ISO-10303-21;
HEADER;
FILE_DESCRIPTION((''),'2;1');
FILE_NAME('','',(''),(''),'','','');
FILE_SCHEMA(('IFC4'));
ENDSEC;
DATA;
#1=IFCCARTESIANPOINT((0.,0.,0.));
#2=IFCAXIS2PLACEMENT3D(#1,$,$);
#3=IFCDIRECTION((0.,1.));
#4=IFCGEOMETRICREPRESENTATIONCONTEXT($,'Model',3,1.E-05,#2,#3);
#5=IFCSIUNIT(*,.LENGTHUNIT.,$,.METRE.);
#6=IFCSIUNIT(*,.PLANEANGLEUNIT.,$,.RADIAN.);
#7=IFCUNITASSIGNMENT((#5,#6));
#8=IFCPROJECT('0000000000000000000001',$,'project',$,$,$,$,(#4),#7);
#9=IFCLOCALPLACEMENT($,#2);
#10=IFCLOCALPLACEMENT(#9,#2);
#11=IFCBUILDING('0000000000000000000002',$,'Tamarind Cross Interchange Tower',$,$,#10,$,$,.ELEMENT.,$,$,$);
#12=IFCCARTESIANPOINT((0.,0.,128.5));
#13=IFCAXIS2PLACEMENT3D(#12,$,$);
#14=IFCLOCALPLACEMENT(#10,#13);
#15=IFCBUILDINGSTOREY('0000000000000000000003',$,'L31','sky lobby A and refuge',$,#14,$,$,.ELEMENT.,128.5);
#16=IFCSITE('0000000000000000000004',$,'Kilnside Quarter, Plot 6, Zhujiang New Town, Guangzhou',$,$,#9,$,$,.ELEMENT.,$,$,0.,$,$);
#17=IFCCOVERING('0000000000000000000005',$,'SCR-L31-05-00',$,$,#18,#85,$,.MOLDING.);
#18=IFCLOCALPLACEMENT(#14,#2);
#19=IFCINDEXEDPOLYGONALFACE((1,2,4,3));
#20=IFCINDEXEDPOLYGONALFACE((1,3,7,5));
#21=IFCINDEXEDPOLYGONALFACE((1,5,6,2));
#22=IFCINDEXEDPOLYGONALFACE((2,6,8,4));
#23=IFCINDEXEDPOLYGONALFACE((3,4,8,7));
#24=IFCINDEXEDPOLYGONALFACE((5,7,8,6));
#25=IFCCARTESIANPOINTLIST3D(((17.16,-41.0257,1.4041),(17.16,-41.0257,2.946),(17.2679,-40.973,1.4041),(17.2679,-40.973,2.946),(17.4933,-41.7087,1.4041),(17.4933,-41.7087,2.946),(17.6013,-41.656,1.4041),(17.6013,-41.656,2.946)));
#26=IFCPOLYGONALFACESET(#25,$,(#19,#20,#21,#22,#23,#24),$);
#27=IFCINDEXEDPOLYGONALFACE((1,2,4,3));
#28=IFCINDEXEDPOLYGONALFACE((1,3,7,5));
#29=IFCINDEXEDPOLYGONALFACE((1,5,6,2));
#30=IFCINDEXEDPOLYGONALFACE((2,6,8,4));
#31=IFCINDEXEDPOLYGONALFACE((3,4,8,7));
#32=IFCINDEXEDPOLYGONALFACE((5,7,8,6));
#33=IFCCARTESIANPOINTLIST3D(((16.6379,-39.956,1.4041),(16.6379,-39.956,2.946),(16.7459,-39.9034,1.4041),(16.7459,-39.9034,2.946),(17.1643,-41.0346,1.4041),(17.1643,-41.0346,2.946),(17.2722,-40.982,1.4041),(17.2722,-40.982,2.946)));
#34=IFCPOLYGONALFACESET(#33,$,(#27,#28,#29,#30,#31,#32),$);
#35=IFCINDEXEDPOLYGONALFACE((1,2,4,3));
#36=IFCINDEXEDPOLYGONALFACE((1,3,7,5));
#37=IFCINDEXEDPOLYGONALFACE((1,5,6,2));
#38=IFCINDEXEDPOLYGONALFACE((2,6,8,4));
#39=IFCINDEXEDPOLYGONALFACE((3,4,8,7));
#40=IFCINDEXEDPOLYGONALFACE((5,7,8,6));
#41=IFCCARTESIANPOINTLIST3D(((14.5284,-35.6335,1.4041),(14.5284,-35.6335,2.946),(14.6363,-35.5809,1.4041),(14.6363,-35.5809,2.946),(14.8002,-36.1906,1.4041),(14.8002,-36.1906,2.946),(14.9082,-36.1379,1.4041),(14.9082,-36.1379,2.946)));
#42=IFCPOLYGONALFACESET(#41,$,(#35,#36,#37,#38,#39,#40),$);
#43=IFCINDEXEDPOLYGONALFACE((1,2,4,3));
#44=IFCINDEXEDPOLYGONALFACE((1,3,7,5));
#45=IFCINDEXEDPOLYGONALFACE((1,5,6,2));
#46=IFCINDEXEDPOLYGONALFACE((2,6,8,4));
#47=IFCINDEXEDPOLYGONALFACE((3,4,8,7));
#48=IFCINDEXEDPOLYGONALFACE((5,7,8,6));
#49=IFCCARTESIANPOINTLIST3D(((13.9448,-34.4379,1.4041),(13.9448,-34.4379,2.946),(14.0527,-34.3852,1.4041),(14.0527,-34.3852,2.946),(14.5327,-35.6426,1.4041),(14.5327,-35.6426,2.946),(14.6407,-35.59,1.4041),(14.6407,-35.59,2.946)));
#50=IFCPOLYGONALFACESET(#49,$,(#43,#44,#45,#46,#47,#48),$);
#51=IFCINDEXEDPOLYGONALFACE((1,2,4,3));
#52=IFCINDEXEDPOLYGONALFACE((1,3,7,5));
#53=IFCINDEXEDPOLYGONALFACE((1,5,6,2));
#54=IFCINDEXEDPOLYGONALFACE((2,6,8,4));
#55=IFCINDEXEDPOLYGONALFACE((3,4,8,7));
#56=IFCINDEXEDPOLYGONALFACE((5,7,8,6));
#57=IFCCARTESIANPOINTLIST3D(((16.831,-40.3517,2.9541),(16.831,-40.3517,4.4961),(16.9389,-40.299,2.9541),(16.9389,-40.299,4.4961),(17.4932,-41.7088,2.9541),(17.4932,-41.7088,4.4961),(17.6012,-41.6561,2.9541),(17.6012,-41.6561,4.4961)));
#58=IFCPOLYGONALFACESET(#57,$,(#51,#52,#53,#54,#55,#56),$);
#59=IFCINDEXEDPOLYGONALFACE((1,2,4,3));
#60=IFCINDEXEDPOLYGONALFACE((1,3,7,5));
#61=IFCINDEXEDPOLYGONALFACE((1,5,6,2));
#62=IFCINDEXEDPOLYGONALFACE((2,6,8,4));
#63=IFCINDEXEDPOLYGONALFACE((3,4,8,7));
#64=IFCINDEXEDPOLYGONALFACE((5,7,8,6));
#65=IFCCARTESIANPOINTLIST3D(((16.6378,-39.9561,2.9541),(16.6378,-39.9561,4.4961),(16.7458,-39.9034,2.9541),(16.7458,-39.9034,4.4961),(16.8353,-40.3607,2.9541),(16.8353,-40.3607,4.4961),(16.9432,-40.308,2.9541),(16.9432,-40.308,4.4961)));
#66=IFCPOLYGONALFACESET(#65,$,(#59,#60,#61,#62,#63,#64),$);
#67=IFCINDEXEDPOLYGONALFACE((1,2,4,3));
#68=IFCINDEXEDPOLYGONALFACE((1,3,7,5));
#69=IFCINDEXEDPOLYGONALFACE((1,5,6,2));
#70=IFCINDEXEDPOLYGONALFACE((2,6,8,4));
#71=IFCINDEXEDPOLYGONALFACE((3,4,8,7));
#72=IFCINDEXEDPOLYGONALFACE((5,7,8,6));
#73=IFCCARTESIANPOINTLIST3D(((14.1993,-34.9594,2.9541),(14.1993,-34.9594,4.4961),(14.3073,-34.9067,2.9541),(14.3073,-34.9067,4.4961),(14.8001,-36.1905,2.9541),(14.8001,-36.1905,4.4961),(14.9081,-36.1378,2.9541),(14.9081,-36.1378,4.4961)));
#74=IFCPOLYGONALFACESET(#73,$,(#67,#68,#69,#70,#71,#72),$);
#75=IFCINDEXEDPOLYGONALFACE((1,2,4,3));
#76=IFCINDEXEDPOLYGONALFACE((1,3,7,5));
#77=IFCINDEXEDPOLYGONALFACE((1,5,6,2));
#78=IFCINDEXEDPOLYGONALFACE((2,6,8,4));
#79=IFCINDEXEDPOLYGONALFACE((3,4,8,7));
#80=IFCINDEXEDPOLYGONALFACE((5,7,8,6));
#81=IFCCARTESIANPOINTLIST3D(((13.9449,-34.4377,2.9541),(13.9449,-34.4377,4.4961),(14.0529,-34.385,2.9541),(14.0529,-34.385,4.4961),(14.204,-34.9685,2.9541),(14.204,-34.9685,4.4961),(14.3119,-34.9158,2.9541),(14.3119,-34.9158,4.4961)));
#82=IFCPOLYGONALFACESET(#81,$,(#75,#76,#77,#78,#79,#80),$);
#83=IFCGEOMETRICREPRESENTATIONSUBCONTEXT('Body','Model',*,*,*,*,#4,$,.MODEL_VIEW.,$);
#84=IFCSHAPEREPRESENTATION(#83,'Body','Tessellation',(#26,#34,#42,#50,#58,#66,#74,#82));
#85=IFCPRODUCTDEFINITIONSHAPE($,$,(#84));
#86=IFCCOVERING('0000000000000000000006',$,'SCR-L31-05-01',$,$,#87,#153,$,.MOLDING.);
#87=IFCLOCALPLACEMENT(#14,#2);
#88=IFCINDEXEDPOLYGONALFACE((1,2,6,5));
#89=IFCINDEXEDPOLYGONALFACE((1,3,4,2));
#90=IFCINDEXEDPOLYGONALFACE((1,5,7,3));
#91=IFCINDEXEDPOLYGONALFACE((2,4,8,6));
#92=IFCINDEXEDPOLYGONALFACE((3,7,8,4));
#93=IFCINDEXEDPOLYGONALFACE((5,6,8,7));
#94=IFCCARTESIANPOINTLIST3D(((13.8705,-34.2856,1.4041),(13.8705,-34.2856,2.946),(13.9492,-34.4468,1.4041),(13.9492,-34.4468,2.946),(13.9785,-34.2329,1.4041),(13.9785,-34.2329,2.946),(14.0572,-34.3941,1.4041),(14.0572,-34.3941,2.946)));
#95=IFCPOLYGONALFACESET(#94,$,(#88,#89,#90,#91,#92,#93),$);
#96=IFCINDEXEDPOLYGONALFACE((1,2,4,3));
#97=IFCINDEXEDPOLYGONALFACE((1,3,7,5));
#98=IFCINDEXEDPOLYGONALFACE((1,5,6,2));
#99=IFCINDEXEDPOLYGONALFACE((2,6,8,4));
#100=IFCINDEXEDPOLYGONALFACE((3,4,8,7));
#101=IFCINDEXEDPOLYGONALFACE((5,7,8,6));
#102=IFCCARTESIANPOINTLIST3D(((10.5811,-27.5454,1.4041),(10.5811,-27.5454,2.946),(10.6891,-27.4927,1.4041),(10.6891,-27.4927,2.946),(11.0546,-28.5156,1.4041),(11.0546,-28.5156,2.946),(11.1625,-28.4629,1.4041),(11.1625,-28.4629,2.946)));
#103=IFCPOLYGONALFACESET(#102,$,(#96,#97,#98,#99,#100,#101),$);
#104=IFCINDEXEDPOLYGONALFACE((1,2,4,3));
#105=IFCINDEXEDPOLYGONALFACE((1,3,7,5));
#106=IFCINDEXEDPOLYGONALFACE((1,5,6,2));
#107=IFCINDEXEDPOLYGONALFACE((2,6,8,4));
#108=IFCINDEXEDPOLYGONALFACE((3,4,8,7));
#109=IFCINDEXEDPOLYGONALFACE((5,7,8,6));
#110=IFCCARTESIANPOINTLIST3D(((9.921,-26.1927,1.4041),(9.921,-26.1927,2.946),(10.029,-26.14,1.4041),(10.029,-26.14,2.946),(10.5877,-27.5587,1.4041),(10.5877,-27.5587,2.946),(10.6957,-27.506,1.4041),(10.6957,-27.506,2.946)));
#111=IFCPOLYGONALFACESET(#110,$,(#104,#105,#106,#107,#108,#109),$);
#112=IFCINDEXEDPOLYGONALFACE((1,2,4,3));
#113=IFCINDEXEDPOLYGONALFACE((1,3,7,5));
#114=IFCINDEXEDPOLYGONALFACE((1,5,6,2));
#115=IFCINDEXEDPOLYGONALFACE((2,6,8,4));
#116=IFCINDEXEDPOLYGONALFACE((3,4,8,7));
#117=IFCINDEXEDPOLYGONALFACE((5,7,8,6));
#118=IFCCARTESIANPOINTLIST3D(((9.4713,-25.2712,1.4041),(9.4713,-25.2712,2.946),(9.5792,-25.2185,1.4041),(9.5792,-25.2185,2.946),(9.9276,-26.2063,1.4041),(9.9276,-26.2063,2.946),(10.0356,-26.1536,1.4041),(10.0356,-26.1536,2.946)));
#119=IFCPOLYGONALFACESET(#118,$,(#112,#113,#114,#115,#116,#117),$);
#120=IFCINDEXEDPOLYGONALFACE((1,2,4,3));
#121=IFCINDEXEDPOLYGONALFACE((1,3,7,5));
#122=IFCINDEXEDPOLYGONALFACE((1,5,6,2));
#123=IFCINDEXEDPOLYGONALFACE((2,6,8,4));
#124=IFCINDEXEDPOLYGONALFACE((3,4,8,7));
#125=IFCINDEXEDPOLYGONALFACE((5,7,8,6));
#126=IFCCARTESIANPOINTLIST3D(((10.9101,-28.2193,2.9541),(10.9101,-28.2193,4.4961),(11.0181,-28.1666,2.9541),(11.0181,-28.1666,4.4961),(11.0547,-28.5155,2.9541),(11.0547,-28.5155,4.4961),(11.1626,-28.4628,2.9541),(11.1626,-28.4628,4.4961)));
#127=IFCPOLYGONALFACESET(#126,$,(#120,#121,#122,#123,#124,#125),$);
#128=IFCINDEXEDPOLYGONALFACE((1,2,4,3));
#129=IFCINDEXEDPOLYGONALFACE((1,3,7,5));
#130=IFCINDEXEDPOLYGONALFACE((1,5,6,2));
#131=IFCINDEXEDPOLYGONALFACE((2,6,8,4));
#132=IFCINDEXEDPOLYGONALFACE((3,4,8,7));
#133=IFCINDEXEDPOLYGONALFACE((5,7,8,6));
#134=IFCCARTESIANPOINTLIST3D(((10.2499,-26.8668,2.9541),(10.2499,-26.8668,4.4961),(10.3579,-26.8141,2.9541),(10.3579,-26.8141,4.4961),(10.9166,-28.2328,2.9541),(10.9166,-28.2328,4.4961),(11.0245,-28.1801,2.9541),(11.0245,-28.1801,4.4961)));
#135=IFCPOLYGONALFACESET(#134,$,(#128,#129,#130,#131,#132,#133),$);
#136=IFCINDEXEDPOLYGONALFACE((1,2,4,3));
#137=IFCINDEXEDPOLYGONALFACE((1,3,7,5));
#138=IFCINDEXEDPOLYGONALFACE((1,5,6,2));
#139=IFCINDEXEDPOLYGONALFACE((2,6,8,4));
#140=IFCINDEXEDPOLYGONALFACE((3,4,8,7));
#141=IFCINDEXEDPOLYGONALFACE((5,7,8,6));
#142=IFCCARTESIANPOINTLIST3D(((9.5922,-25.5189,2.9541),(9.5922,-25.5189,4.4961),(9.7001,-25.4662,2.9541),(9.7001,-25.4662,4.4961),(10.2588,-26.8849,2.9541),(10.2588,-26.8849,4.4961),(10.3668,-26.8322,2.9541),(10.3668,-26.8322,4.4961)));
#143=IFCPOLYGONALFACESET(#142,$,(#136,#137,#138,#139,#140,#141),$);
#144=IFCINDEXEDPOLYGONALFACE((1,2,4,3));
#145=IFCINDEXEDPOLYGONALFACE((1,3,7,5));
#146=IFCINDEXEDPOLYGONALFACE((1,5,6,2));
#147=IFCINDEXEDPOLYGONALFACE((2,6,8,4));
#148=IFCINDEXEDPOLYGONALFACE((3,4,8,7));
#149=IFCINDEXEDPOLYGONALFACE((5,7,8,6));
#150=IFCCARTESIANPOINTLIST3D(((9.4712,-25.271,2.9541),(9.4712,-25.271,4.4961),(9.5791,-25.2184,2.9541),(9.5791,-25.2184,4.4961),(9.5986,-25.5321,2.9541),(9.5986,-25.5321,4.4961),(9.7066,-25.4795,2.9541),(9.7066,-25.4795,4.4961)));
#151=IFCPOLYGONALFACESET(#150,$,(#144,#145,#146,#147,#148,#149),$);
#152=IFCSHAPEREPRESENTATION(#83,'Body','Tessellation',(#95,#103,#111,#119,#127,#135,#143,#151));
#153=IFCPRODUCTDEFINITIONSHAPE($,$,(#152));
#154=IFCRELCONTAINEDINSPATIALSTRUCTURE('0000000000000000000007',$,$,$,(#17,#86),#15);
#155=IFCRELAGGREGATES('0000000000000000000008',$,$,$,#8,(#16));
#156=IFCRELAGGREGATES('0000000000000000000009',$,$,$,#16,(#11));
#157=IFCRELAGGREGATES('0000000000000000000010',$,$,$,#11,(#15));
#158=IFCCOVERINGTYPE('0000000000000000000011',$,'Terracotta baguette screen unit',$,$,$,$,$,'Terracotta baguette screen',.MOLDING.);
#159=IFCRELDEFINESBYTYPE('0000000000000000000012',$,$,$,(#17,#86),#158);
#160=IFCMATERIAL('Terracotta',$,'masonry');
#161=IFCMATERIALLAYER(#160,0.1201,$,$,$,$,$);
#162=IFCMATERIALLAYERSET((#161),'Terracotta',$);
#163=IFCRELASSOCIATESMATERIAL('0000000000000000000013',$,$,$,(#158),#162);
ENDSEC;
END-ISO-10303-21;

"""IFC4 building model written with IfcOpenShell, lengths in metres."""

from ifc_helpers import new_model, si_unit, direction, frame, origin, origin_2d, place, context, subcontext, project, spatial, rectangle, extrude, material, layer, layer_set, type_object, element, save


model = new_model("IFC4")

# Units and contexts
model_context = context("Model", 3, precision=1e-05, world=origin(), true_north=direction((0.0, 1.0)))
body_context = subcontext(model_context, "Body", "Model", "MODEL_VIEW")
ifc_project = project(units=[si_unit("LENGTHUNIT", "METRE"), si_unit("PLANEANGLEUNIT", "RADIAN")], contexts=[model_context])

# Site, building, storey
site_placement = place(None, origin())
site = spatial("IfcSite", under=ifc_project, at=site_placement, Name="Kilnside Quarter, Plot 6, Zhujiang New Town, Guangzhou", CompositionType="ELEMENT", RefElevation=0.0)
building_placement = place(site_placement, origin())
building = spatial("IfcBuilding", under=site, at=building_placement, Name="Tamarind Cross Interchange Tower", CompositionType="ELEMENT")
storey_placement = place(building_placement, frame((0.0, 0.0, 128.5)))
storey = spatial("IfcBuildingStorey", under=building, at=storey_placement, Name="L31", Description="sky lobby A and refuge", CompositionType="ELEMENT", Elevation=128.5)

# Coverings
ifc_material_1 = material(Name="Terracotta", Category="masonry")
ifc_layer_1 = layer(ifc_material_1, 0.1201)
ifc_layer_set_1 = layer_set([ifc_layer_1], Name="Terracotta")
covering_type = type_object("IfcCoveringType", Name="Terracotta baguette screen unit", ElementType="Terracotta baguette screen", PredefinedType="MOLDING", material=ifc_layer_set_1)
covering_1_placement = place(storey_placement, origin())
element("IfcCovering", 1, at=covering_1_placement, inside=storey, type_object=covering_type, Name="SCR-L31-05-00", PredefinedType="MOLDING", context=body_context, shape_type="SweptSolid", body=[
    extrude(rectangle(XDim=0.76, YDim=0.1201, at=origin_2d()), frame((17.3806, -41.3408, 1.4041), z_axis=(0.0, 0.0, 1.0), x_axis=(-0.438583, 0.898691, 0.0)), (0.0, 0.0, 1.0), 1.542),
    extrude(rectangle(XDim=1.2002, YDim=0.1201, at=origin_2d()), frame((16.9551, -40.469, 1.4041), z_axis=(0.0, 0.0, 1.0), x_axis=(-0.438583, 0.898691, 0.0)), (0.0, 0.0, 1.0), 1.542),
    extrude(rectangle(XDim=0.6199, YDim=0.1201, at=origin_2d()), frame((14.7183, -35.8857, 1.4041), z_axis=(0.0, 0.0, 1.0), x_axis=(-0.438583, 0.898691, 0.0)), (0.0, 0.0, 1.0), 1.542),
    extrude(rectangle(XDim=1.3406, YDim=0.1201, at=origin_2d()), frame((14.2927, -35.0139, 1.4041), z_axis=(0.0, 0.0, 1.0), x_axis=(-0.438583, 0.898691, 0.0)), (0.0, 0.0, 1.0), 1.542),
    extrude(rectangle(XDim=1.51, YDim=0.1201, at=origin_2d()), frame((17.2161, -41.0039, 2.9541), z_axis=(0.0, 0.0, 1.0), x_axis=(-0.438583, 0.898691, 0.0)), (0.0, 0.0, 1.0), 1.542),
    extrude(rectangle(XDim=0.4502, YDim=0.1201, at=origin_2d()), frame((16.7905, -40.1321, 2.9541), z_axis=(0.0, 0.0, 1.0), x_axis=(-0.438583, 0.898691, 0.0)), (0.0, 0.0, 1.0), 1.542),
    extrude(rectangle(XDim=1.3699, YDim=0.1201, at=origin_2d()), frame((14.5537, -35.5486, 2.9541), z_axis=(0.0, 0.0, 1.0), x_axis=(-0.438583, 0.898691, 0.0)), (0.0, 0.0, 1.0), 1.542),
    extrude(rectangle(XDim=0.5906, YDim=0.1201, at=origin_2d()), frame((14.1284, -34.6768, 2.9541), z_axis=(0.0, 0.0, 1.0), x_axis=(-0.438583, 0.898691, 0.0)), (0.0, 0.0, 1.0), 1.542),
])
covering_2_placement = place(storey_placement, origin())
element("IfcCovering", 2, at=covering_2_placement, inside=storey, type_object=covering_type, Name="SCR-L31-05-01", PredefinedType="MOLDING", context=body_context, shape_type="SweptSolid", body=[
    extrude(rectangle(XDim=0.1794, YDim=0.1201, at=origin_2d()), frame((13.9639, -34.3398, 1.4041), z_axis=(0.0, 0.0, 1.0), x_axis=(-0.438583, 0.898691, 0.0)), (0.0, 0.0, 1.0), 1.542),
    extrude(rectangle(XDim=1.0796, YDim=0.1201, at=origin_2d()), frame((10.8718, -28.0042, 1.4041), z_axis=(0.0, 0.0, 1.0), x_axis=(-0.438583, 0.898691, 0.0)), (0.0, 0.0, 1.0), 1.542),
    extrude(rectangle(XDim=1.52, YDim=0.1201, at=origin_2d()), frame((10.3083, -26.8494, 1.4041), z_axis=(0.0, 0.0, 1.0), x_axis=(-0.438583, 0.898691, 0.0)), (0.0, 0.0, 1.0), 1.542),
    extrude(rectangle(XDim=1.0405, YDim=0.1201, at=origin_2d()), frame((9.7534, -25.7124, 1.4041), z_axis=(0.0, 0.0, 1.0), x_axis=(-0.438583, 0.898691, 0.0)), (0.0, 0.0, 1.0), 1.542),
    extrude(rectangle(XDim=0.3296, YDim=0.1201, at=origin_2d()), frame((11.0364, -28.3411, 2.9541), z_axis=(0.0, 0.0, 1.0), x_axis=(-0.438583, 0.898691, 0.0)), (0.0, 0.0, 1.0), 1.542),
    extrude(rectangle(XDim=1.52, YDim=0.1201, at=origin_2d()), frame((10.6372, -27.5234, 2.9541), z_axis=(0.0, 0.0, 1.0), x_axis=(-0.438583, 0.898691, 0.0)), (0.0, 0.0, 1.0), 1.542),
    extrude(rectangle(XDim=1.52, YDim=0.1201, at=origin_2d()), frame((9.9795, -26.1755, 2.9541), z_axis=(0.0, 0.0, 1.0), x_axis=(-0.438583, 0.898691, 0.0)), (0.0, 0.0, 1.0), 1.542),
    extrude(rectangle(XDim=0.2905, YDim=0.1201, at=origin_2d()), frame((9.5889, -25.3752, 2.9541), z_axis=(0.0, 0.0, 1.0), x_axis=(-0.438583, 0.898691, 0.0)), (0.0, 0.0, 1.0), 1.542),
])

save(model, "model.ifc")
